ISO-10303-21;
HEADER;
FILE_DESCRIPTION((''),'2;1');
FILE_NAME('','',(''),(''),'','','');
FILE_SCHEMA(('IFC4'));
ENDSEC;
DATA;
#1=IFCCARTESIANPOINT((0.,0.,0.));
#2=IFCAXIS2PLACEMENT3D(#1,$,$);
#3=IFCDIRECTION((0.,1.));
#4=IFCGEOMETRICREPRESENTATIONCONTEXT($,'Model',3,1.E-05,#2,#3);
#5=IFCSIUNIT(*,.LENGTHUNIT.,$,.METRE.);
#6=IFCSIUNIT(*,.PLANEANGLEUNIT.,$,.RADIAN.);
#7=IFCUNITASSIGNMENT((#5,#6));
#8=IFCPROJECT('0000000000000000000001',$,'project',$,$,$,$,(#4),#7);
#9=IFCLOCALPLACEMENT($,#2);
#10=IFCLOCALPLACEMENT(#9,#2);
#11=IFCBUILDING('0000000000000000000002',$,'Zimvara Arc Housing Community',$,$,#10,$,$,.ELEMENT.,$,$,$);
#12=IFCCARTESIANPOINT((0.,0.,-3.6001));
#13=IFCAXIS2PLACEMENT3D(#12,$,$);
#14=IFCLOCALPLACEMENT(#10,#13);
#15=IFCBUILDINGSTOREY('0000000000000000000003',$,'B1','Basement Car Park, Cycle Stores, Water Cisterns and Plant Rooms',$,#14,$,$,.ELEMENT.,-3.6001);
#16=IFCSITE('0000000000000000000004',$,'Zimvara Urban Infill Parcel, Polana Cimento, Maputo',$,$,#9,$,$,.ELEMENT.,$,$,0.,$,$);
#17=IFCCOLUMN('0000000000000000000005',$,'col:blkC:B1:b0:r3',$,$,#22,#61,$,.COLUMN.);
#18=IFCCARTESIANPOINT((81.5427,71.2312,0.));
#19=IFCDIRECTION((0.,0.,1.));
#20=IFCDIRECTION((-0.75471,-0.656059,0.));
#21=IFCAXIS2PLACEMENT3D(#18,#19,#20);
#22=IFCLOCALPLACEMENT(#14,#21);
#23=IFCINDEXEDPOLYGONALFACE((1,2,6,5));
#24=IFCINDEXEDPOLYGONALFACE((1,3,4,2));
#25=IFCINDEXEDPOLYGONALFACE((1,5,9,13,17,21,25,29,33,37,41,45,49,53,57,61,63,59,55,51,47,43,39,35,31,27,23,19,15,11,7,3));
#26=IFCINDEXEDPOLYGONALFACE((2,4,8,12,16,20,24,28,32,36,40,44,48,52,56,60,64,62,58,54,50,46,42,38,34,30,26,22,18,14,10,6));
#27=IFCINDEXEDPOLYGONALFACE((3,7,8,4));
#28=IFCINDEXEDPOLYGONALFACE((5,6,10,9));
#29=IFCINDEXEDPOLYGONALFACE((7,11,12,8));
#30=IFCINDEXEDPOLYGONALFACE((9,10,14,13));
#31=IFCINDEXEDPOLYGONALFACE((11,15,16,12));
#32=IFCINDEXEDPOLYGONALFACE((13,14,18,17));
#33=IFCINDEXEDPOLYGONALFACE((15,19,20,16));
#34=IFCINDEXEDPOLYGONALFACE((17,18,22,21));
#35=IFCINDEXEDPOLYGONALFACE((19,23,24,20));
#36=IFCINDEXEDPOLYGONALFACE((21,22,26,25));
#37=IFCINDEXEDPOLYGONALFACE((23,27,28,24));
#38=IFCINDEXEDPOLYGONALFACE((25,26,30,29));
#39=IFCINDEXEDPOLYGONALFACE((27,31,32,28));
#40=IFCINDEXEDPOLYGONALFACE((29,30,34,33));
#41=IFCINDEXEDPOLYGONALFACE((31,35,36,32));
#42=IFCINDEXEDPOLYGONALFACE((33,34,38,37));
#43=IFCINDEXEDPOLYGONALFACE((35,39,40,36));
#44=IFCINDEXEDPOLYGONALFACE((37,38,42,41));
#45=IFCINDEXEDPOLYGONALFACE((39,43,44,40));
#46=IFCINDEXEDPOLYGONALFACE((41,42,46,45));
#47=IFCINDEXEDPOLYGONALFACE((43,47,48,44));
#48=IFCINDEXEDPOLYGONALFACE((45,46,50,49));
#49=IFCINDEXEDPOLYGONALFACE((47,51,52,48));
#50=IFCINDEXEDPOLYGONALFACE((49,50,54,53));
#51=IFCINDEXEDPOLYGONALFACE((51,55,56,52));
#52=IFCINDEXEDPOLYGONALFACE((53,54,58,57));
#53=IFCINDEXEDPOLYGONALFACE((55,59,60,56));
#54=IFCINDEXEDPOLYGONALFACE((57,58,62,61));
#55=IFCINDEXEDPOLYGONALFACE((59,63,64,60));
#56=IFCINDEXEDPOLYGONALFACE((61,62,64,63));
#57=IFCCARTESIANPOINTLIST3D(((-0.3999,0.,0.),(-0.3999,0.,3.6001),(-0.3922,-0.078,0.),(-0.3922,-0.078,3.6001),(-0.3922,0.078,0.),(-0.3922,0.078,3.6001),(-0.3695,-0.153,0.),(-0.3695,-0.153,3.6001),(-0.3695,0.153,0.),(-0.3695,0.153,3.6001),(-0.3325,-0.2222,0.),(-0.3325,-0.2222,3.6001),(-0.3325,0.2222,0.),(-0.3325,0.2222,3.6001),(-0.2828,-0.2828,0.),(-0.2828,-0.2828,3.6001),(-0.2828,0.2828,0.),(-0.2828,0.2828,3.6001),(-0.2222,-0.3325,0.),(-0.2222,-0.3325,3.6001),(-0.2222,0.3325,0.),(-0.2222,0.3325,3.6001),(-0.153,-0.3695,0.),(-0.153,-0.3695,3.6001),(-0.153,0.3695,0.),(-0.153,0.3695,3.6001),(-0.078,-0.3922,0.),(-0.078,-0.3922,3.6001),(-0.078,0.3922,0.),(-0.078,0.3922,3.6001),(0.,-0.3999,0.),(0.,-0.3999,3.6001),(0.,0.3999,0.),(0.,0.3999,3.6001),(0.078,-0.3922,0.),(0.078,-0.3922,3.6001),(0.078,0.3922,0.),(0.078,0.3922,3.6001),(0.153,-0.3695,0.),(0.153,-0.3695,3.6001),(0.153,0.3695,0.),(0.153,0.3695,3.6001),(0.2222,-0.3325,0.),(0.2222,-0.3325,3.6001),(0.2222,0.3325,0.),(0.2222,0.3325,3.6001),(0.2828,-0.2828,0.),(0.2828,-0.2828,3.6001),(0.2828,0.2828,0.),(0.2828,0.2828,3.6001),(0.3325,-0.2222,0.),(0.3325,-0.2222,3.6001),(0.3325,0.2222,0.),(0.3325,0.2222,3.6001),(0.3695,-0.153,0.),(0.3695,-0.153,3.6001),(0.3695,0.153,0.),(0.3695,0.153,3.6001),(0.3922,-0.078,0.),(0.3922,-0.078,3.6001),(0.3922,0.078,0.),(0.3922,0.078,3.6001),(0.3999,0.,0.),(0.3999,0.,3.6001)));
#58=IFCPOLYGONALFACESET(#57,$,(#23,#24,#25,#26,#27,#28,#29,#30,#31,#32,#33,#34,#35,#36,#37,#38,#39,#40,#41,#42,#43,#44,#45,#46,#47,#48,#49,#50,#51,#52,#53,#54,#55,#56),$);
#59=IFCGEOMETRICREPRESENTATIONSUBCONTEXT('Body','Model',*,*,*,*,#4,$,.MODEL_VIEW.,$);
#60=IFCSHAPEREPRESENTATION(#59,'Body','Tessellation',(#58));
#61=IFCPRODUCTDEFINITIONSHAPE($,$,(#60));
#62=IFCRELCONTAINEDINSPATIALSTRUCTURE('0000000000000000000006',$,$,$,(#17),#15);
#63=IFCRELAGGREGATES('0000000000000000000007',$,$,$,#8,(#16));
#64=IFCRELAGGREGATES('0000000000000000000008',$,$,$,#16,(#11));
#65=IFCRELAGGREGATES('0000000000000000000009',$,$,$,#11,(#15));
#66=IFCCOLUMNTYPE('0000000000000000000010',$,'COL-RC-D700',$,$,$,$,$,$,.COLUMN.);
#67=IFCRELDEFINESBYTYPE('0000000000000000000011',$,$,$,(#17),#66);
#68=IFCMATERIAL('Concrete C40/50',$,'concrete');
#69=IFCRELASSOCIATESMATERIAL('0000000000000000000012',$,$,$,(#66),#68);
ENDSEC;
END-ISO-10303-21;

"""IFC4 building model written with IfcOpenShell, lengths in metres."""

from ifc_helpers import new_model, si_unit, direction, frame, origin, origin_2d, place, context, subcontext, project, spatial, circle, extrude, material, material_profile, profile_set, type_object, element, save


model = new_model("IFC4")

# Units and contexts
model_context = context("Model", 3, precision=1e-05, world=origin(), true_north=direction((0.0, 1.0)))
body_context = subcontext(model_context, "Body", "Model", "MODEL_VIEW")
ifc_project = project(units=[si_unit("LENGTHUNIT", "METRE"), si_unit("PLANEANGLEUNIT", "RADIAN")], contexts=[model_context])

# Site, building, storey
site_placement = place(None, origin())
site = spatial("IfcSite", under=ifc_project, at=site_placement, Name="Zimvara Urban Infill Parcel, Polana Cimento, Maputo", CompositionType="ELEMENT", RefElevation=0.0)
building_placement = place(site_placement, origin())
building = spatial("IfcBuilding", under=site, at=building_placement, Name="Zimvara Arc Housing Community", CompositionType="ELEMENT")
storey_placement = place(building_placement, frame((0.0, 0.0, -3.6001)))
storey = spatial("IfcBuildingStorey", under=building, at=storey_placement, Name="B1", Description="Basement Car Park, Cycle Stores, Water Cisterns and Plant Rooms", CompositionType="ELEMENT", Elevation=-3.6001)

# Column
ifc_material_1 = material(Name="Concrete C40/50", Category="concrete")
ifc_material_profile_1 = material_profile(ifc_material_1, circle(Radius=0.3999, at=origin_2d()), Name="RC D800")
ifc_profile_set_1 = profile_set([ifc_material_profile_1], Name="Concrete C40/50")
column_type_1 = type_object("IfcColumnType", Name="COL-RC-D700", PredefinedType="COLUMN", material=ifc_profile_set_1)
column_1_placement = place(storey_placement, frame((81.5427, 71.2312, 0.0), z_axis=(0.0, 0.0, 1.0), x_axis=(-0.75471, -0.656059, 0.0)))
element("IfcColumn", 1, at=column_1_placement, inside=storey, type_object=column_type_1, Name="col:blkC:B1:b0:r3", PredefinedType="COLUMN", context=body_context, shape_type="SweptSolid", body=[
    extrude(circle(Radius=0.3999, at=origin_2d()), origin(), (0.0, 0.0, 1.0), 3.6001),
])

save(model, "model.ifc")
